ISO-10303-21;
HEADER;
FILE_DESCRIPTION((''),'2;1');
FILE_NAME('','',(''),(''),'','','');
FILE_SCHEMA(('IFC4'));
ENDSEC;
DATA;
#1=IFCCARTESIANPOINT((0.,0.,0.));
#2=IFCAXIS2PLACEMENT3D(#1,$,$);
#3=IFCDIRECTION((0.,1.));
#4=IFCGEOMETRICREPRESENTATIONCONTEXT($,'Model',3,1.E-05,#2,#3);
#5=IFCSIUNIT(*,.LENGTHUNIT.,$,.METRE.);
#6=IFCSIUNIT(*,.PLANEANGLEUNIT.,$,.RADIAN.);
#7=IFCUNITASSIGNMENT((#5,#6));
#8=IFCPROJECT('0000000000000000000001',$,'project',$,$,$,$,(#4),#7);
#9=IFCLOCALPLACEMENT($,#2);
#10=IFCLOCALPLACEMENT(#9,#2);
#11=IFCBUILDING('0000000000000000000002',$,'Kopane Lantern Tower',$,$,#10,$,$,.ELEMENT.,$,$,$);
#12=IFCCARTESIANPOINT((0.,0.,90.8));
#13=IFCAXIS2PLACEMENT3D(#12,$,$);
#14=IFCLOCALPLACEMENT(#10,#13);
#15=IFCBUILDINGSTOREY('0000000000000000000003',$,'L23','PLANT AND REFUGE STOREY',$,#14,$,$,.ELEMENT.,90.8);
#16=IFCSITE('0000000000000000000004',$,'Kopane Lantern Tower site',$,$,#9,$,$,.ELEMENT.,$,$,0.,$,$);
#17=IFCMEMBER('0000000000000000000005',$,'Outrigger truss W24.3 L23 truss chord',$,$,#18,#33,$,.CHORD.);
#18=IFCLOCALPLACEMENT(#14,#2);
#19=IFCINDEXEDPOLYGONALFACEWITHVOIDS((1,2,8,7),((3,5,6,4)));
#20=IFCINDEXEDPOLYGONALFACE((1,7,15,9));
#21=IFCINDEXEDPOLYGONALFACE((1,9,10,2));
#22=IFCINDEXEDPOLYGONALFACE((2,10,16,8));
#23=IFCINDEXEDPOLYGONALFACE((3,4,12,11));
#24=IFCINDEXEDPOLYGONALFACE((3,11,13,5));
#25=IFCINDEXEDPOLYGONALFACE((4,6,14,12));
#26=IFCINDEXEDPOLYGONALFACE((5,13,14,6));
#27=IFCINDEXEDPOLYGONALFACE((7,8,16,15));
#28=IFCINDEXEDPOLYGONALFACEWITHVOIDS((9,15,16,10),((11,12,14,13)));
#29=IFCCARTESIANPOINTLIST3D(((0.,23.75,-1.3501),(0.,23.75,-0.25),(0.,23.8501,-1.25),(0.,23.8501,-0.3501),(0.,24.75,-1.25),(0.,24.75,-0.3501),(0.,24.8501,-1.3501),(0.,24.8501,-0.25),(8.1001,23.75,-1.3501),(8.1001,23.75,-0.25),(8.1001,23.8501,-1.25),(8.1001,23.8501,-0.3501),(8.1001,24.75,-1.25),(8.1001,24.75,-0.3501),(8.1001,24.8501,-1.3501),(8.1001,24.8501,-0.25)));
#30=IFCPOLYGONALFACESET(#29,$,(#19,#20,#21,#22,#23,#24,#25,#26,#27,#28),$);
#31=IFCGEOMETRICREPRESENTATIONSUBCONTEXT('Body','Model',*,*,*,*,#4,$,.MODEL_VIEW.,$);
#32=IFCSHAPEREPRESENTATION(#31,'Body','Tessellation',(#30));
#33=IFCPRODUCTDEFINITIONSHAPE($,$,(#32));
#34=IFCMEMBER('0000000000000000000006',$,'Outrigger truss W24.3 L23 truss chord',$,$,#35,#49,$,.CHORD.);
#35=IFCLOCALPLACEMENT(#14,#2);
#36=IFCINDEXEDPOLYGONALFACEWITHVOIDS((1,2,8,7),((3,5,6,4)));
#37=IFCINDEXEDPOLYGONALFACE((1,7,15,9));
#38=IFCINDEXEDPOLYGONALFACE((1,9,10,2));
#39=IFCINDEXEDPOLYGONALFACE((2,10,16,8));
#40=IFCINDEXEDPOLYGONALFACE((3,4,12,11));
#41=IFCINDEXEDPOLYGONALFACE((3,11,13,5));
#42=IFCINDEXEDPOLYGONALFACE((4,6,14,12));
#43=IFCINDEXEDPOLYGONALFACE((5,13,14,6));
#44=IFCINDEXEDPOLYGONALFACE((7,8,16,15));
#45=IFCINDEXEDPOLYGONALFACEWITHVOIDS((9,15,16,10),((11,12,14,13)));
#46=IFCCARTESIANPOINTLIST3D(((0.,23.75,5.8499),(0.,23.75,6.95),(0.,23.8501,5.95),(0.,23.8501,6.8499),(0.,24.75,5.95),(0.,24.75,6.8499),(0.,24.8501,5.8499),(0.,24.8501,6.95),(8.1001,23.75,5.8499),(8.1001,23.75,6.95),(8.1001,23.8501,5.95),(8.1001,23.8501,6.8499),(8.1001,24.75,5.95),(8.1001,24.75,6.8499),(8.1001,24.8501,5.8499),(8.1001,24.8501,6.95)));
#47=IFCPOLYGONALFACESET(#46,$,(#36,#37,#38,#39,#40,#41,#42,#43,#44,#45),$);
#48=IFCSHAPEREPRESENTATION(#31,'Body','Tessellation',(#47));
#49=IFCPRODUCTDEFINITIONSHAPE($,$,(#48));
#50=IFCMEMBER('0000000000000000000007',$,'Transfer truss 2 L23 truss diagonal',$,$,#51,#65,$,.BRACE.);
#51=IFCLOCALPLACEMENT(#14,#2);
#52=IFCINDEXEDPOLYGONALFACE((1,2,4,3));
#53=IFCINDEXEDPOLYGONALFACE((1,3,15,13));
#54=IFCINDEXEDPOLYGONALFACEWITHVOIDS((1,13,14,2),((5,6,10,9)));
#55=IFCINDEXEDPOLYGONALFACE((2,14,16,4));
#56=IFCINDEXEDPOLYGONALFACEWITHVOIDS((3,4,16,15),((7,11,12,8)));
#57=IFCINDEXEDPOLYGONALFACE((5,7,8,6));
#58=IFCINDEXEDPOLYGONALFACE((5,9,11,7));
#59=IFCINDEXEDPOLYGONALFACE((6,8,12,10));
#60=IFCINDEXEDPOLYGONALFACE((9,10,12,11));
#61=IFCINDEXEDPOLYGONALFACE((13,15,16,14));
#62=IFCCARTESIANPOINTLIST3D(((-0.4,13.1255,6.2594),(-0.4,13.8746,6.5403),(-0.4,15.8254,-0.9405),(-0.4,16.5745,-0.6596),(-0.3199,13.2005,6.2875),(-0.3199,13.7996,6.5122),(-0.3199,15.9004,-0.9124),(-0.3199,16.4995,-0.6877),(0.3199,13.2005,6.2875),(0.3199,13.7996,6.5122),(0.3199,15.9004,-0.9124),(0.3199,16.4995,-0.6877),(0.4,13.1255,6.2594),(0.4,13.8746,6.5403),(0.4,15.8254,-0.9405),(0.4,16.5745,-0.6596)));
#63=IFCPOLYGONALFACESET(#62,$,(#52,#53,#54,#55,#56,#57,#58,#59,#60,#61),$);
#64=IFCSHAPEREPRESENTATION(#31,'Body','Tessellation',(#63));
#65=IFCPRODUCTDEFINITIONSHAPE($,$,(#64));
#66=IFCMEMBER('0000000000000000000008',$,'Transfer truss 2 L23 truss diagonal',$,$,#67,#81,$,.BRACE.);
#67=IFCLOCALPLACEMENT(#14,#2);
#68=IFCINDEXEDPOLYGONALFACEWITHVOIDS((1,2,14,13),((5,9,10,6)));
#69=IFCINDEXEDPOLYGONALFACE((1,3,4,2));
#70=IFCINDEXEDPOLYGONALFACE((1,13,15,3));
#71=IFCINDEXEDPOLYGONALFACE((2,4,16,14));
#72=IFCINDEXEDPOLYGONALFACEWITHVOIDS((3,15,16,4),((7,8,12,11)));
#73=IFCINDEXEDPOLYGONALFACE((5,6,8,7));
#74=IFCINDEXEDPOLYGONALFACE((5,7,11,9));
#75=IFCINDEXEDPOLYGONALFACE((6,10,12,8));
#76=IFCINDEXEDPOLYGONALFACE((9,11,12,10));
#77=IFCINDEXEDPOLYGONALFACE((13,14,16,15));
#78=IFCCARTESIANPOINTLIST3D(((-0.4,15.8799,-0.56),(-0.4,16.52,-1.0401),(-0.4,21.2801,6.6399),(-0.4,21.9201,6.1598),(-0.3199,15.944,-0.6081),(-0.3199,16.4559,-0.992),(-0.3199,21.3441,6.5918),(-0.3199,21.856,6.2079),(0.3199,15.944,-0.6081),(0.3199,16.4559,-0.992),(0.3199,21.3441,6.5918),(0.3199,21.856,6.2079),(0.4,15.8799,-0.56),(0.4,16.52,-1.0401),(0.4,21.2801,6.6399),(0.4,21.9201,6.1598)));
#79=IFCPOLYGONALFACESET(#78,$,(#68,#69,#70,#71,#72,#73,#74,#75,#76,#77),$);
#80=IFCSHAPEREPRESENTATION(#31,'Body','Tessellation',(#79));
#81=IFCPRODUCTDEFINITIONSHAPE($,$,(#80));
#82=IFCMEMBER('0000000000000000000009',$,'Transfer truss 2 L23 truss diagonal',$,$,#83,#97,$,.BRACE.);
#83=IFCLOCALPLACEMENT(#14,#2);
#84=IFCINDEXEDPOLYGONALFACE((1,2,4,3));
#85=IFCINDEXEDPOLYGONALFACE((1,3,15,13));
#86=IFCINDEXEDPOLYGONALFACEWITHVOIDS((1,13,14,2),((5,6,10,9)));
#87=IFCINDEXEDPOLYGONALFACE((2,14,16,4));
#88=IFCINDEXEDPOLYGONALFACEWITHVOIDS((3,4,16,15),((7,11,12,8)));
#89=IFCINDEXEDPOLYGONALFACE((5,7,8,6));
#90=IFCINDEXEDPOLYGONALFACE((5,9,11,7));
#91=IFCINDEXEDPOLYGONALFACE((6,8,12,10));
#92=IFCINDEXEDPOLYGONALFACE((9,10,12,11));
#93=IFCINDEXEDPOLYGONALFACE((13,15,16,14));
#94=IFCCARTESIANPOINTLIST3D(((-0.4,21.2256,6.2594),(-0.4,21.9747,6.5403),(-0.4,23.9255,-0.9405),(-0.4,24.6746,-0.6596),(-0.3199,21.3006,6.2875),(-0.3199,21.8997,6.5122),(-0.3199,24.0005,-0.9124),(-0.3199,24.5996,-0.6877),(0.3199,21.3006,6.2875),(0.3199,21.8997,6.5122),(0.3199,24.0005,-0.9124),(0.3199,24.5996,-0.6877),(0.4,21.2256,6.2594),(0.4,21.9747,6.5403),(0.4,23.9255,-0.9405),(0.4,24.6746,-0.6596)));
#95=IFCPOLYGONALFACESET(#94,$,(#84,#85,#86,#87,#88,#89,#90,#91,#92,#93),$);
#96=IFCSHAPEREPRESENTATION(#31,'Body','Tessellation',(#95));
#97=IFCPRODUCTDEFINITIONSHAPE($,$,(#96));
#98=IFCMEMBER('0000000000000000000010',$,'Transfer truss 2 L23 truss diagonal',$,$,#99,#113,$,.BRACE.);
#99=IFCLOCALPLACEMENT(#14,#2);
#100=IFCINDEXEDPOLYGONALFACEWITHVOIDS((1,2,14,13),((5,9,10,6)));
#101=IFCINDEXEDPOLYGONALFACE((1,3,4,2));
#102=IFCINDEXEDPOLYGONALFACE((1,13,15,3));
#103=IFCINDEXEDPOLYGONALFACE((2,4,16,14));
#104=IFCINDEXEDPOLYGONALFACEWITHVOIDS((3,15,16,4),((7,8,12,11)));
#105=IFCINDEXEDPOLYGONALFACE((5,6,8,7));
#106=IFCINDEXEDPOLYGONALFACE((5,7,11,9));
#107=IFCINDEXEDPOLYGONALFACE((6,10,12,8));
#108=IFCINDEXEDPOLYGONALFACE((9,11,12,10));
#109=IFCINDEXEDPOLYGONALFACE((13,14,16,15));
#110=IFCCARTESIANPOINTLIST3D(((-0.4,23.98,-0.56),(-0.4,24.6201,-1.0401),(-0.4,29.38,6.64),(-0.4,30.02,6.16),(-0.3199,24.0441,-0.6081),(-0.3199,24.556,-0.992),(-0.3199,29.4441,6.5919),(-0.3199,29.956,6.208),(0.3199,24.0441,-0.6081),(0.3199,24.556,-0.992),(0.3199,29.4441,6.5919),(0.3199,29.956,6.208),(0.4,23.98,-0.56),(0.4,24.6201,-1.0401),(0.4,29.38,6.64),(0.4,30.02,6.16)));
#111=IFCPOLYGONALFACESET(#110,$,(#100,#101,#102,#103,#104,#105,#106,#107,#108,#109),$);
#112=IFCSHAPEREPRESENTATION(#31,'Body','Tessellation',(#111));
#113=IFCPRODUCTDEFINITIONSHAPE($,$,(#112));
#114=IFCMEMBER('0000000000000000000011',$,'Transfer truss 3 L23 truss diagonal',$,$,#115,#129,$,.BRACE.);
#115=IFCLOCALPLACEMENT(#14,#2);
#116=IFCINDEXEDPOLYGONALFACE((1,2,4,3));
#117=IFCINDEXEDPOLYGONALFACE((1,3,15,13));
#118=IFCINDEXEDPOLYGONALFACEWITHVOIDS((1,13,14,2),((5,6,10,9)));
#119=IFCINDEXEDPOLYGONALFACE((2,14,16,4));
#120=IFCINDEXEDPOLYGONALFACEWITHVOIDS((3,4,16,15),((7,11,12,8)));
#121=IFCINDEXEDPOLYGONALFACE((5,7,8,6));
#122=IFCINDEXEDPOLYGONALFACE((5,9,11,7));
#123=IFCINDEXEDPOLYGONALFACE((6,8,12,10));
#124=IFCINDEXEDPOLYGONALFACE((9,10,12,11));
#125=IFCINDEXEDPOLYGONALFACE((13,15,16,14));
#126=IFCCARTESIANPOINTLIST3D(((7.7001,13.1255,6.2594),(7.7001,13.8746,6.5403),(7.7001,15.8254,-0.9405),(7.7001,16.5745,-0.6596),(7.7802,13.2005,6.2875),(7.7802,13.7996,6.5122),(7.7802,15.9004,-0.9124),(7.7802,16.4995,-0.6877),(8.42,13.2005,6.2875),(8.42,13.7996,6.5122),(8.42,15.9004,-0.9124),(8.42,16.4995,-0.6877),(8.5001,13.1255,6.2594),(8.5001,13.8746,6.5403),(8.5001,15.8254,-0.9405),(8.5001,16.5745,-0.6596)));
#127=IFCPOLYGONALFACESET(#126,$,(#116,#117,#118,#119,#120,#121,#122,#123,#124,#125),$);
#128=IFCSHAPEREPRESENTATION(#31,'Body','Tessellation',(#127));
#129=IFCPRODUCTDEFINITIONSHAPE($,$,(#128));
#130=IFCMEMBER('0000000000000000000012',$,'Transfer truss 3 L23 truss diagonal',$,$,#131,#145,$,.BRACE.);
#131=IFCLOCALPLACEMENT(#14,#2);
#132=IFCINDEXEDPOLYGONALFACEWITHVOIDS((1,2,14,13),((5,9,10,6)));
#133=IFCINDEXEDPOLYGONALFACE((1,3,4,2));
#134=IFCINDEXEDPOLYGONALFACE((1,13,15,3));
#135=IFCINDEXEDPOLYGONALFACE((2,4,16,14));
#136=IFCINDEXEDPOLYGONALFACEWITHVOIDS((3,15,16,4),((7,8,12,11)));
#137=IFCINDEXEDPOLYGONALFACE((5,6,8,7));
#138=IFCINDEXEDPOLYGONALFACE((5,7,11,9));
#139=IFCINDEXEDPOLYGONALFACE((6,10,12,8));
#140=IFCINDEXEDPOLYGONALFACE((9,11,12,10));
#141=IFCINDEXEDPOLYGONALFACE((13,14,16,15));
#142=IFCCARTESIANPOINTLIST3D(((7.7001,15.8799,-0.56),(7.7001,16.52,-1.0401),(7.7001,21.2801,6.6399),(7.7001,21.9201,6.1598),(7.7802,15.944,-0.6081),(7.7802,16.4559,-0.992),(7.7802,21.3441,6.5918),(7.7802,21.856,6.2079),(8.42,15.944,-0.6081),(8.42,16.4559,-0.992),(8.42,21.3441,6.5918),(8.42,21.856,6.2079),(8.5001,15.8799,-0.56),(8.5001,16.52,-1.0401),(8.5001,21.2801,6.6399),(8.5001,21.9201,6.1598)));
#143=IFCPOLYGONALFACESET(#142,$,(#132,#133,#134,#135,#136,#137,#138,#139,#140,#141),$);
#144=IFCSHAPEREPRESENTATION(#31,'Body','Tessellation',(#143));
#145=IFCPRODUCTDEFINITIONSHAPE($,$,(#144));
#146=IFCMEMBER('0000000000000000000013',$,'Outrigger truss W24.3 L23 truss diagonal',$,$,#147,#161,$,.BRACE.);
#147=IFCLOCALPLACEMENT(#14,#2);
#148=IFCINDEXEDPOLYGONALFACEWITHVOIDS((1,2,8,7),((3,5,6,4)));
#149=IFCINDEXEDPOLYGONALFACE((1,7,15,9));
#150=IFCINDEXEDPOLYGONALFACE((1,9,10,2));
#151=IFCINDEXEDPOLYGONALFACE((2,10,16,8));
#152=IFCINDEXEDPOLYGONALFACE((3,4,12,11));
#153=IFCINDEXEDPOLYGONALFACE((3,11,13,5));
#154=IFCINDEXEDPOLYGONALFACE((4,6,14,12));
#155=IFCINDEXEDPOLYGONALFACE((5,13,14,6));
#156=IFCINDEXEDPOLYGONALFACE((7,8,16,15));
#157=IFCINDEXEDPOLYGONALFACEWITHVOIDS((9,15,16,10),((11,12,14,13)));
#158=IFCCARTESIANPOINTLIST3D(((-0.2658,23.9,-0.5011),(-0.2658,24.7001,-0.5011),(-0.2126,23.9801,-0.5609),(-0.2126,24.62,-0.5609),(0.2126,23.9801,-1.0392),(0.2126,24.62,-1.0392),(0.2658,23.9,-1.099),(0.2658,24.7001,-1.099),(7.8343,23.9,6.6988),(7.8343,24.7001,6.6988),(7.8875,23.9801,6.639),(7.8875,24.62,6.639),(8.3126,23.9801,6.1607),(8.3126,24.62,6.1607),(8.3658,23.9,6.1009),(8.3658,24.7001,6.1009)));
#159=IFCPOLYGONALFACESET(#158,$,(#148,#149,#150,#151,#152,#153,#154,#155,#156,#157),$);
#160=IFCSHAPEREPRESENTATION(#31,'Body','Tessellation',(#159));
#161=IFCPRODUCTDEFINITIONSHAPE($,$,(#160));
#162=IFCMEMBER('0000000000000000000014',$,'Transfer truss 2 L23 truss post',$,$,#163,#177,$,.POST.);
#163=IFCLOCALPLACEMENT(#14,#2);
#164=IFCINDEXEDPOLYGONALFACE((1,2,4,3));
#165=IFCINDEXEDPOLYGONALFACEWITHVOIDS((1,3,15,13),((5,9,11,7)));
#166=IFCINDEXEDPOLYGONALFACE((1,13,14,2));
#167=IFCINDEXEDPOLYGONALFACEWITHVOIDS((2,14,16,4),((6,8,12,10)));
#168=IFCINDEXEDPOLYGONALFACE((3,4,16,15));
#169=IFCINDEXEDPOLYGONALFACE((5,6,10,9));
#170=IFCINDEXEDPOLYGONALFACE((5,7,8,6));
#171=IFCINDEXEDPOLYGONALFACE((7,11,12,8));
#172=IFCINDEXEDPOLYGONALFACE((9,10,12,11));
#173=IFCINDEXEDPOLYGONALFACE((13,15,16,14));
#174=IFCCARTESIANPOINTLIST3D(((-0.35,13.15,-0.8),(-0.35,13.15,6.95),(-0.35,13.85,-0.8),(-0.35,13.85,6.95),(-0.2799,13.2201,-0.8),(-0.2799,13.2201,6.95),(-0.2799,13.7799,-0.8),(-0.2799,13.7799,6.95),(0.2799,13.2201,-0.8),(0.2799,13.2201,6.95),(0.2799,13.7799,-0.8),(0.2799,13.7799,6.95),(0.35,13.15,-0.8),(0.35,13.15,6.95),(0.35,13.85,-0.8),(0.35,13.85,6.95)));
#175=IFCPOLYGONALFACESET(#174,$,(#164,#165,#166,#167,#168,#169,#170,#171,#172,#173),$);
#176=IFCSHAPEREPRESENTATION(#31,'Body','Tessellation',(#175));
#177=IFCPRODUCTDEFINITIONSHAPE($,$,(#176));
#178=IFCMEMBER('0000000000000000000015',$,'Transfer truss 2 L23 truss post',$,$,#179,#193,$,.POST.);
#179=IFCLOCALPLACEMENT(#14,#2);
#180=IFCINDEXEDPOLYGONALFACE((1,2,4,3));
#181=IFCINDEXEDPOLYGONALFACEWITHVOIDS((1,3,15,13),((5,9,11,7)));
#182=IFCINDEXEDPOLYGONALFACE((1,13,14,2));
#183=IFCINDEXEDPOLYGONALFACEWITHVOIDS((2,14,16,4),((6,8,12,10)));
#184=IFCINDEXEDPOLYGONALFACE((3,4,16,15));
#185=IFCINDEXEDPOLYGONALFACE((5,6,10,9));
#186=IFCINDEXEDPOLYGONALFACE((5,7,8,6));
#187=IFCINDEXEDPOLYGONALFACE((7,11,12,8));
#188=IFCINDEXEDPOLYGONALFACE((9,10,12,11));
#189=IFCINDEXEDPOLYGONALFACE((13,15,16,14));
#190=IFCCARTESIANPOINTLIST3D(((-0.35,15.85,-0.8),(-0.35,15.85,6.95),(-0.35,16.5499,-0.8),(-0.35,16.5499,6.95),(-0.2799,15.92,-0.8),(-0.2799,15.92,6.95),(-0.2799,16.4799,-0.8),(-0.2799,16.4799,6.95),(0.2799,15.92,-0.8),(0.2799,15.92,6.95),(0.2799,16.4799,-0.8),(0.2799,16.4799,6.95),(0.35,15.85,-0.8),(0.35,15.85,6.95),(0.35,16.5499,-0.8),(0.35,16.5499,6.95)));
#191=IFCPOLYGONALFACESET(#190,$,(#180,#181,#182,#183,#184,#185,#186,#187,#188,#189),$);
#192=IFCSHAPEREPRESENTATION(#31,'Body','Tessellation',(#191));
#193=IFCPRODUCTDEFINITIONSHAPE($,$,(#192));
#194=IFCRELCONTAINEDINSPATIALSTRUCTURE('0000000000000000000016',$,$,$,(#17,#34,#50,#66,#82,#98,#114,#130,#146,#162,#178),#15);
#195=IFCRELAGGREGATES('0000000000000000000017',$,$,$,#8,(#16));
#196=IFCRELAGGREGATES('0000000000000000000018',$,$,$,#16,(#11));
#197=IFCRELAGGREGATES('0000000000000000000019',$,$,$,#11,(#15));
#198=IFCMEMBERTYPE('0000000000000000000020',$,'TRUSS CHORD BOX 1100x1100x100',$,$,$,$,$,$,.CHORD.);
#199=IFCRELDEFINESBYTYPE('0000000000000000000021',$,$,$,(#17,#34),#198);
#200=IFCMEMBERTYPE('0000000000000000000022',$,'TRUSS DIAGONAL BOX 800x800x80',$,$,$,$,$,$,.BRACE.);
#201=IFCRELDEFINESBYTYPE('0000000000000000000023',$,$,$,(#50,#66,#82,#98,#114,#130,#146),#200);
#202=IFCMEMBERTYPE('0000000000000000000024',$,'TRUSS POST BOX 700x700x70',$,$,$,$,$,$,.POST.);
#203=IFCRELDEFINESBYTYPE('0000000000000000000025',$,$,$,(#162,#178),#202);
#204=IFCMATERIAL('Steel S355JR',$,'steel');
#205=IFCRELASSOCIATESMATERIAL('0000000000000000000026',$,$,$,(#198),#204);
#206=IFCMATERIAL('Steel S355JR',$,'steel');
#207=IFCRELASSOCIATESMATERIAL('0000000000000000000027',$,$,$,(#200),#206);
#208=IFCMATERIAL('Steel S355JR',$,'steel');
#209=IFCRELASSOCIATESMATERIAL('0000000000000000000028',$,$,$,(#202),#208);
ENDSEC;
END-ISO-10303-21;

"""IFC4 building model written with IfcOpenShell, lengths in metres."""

from ifc_helpers import new_model, si_unit, direction, frame, origin, origin_2d, place, context, subcontext, project, spatial, hollow_rectangle, extrude, material, material_profile, profile_set, type_object, element, save


model = new_model("IFC4")

# Units and contexts
model_context = context("Model", 3, precision=1e-05, world=origin(), true_north=direction((0.0, 1.0)))
body_context = subcontext(model_context, "Body", "Model", "MODEL_VIEW")
ifc_project = project(units=[si_unit("LENGTHUNIT", "METRE"), si_unit("PLANEANGLEUNIT", "RADIAN")], contexts=[model_context])

# Site, building, storey
site_placement = place(None, origin())
site = spatial("IfcSite", under=ifc_project, at=site_placement, Name="Kopane Lantern Tower site", CompositionType="ELEMENT", RefElevation=0.0)
building_placement = place(site_placement, origin())
building = spatial("IfcBuilding", under=site, at=building_placement, Name="Kopane Lantern Tower", CompositionType="ELEMENT")
storey_placement = place(building_placement, frame((0.0, 0.0, 90.8)))
storey = spatial("IfcBuildingStorey", under=building, at=storey_placement, Name="L23", Description="PLANT AND REFUGE STOREY", CompositionType="ELEMENT", Elevation=90.8)

# Members
ifc_material_1 = material(Name="Steel S355JR", Category="steel")
ifc_material_profile_1 = material_profile(ifc_material_1, hollow_rectangle(XDim=1.1001, YDim=1.1001, WallThickness=0.1001, at=origin_2d()), Name="BOX 1100x1100x100")
ifc_profile_set_1 = profile_set([ifc_material_profile_1], Name="Steel S355JR")
member_type_1 = type_object("IfcMemberType", Name="TRUSS CHORD BOX 1100x1100x100", PredefinedType="CHORD", material=ifc_profile_set_1)
for number, where, z_axis, x_axis, name in (
    (1, (0.0, 24.3, -0.8), (1.0, 0.0, 0.0), (0.0, 1.0, 0.0), "Outrigger truss W24.3 L23 truss chord"),
    (2, (0.0, 24.3, 6.3999), (1.0, 0.0, 0.0), (0.0, 1.0, 0.0), "Outrigger truss W24.3 L23 truss chord"),
):
    element("IfcMember", number, at=place(storey_placement, frame(where, z_axis=z_axis, x_axis=x_axis)), inside=storey, type_object=member_type_1, Name=name, PredefinedType="CHORD", context=body_context, shape_type="SweptSolid", body=[
        extrude(hollow_rectangle(XDim=1.1001, YDim=1.1001, WallThickness=0.1001, at=origin_2d()), origin(), (0.0, 0.0, 1.0), 8.1001),
    ])
ifc_material_2 = material(Name="Steel S355JR", Category="steel")
ifc_material_profile_2 = material_profile(ifc_material_2, hollow_rectangle(XDim=0.8, YDim=0.8, WallThickness=0.0801, at=origin_2d()), Name="BOX 800x800x80")
ifc_profile_set_2 = profile_set([ifc_material_profile_2], Name="Steel S355JR")
member_type_2 = type_object("IfcMemberType", Name="TRUSS DIAGONAL BOX 800x800x80", PredefinedType="BRACE", material=ifc_profile_set_2)
member_1_placement = place(storey_placement, frame((0.0, 16.2, -0.8), z_axis=(0.0, -0.35112, 0.93633), x_axis=(1.0, 0.0, 0.0)))
element("IfcMember", 3, at=member_1_placement, inside=storey, type_object=member_type_2, Name="Transfer truss 2 L23 truss diagonal", PredefinedType="BRACE", context=body_context, shape_type="SweptSolid", body=[
    extrude(hollow_rectangle(XDim=0.8, YDim=0.8, WallThickness=0.0801, at=origin_2d()), origin(), (0.0, 0.0, 1.0), 7.6895),
])
member_2_placement = place(storey_placement, frame((0.0, 16.2, -0.8), z_axis=(0.0, 0.600013, 0.79999), x_axis=(-1.0, 0.0, 0.0)))
element("IfcMember", 4, at=member_2_placement, inside=storey, type_object=member_type_2, Name="Transfer truss 2 L23 truss diagonal", PredefinedType="BRACE", context=body_context, shape_type="SweptSolid", body=[
    extrude(hollow_rectangle(XDim=0.8, YDim=0.8, WallThickness=0.0801, at=origin_2d()), origin(), (0.0, 0.0, 1.0), 9.0),
])
member_3_placement = place(storey_placement, frame((0.0, 24.3, -0.8), z_axis=(0.0, -0.35112, 0.93633), x_axis=(1.0, 0.0, 0.0)))
element("IfcMember", 5, at=member_3_placement, inside=storey, type_object=member_type_2, Name="Transfer truss 2 L23 truss diagonal", PredefinedType="BRACE", context=body_context, shape_type="SweptSolid", body=[
    extrude(hollow_rectangle(XDim=0.8, YDim=0.8, WallThickness=0.0801, at=origin_2d()), origin(), (0.0, 0.0, 1.0), 7.6895),
])
member_4_placement = place(storey_placement, frame((0.0, 24.3, -0.8), z_axis=(0.0, 0.599996, 0.800003), x_axis=(-1.0, 0.0, 0.0)))
element("IfcMember", 6, at=member_4_placement, inside=storey, type_object=member_type_2, Name="Transfer truss 2 L23 truss diagonal", PredefinedType="BRACE", context=body_context, shape_type="SweptSolid", body=[
    extrude(hollow_rectangle(XDim=0.8, YDim=0.8, WallThickness=0.0801, at=origin_2d()), origin(), (0.0, 0.0, 1.0), 9.0),
])
member_5_placement = place(storey_placement, frame((8.1001, 16.2, -0.8), z_axis=(0.0, -0.35112, 0.93633), x_axis=(1.0, 0.0, 0.0)))
element("IfcMember", 7, at=member_5_placement, inside=storey, type_object=member_type_2, Name="Transfer truss 3 L23 truss diagonal", PredefinedType="BRACE", context=body_context, shape_type="SweptSolid", body=[
    extrude(hollow_rectangle(XDim=0.8, YDim=0.8, WallThickness=0.0801, at=origin_2d()), origin(), (0.0, 0.0, 1.0), 7.6895),
])
member_6_placement = place(storey_placement, frame((8.1001, 16.2, -0.8), z_axis=(0.0, 0.600013, 0.79999), x_axis=(-1.0, 0.0, 0.0)))
element("IfcMember", 8, at=member_6_placement, inside=storey, type_object=member_type_2, Name="Transfer truss 3 L23 truss diagonal", PredefinedType="BRACE", context=body_context, shape_type="SweptSolid", body=[
    extrude(hollow_rectangle(XDim=0.8, YDim=0.8, WallThickness=0.0801, at=origin_2d()), origin(), (0.0, 0.0, 1.0), 9.0),
])
member_7_placement = place(storey_placement, frame((0.0, 24.3, -0.8), z_axis=(0.747416, 0.0, 0.664357), x_axis=(0.0, 1.0, 0.0)))
element("IfcMember", 9, at=member_7_placement, inside=storey, type_object=member_type_2, Name="Outrigger truss W24.3 L23 truss diagonal", PredefinedType="BRACE", context=body_context, shape_type="SweptSolid", body=[
    extrude(hollow_rectangle(XDim=0.8, YDim=0.8, WallThickness=0.0801, at=origin_2d()), origin(), (0.0, 0.0, 1.0), 10.8374),
])
ifc_material_3 = material(Name="Steel S355JR", Category="steel")
ifc_material_profile_3 = material_profile(ifc_material_3, hollow_rectangle(XDim=0.7, YDim=0.7, WallThickness=0.0701, at=origin_2d()), Name="BOX 700x700x70")
ifc_profile_set_3 = profile_set([ifc_material_profile_3], Name="Steel S355JR")
member_type_3 = type_object("IfcMemberType", Name="TRUSS POST BOX 700x700x70", PredefinedType="POST", material=ifc_profile_set_3)
for number, where, z_axis, x_axis, name in (
    (10, (0.0, 13.5, -0.8), (0.0, 0.0, 1.0), (1.0, 0.0, 0.0), "Transfer truss 2 L23 truss post"),
    (11, (0.0, 16.2, -0.8), (0.0, 0.0, 1.0), (1.0, 0.0, 0.0), "Transfer truss 2 L23 truss post"),
):
    element("IfcMember", number, at=place(storey_placement, frame(where, z_axis=z_axis, x_axis=x_axis)), inside=storey, type_object=member_type_3, Name=name, PredefinedType="POST", context=body_context, shape_type="SweptSolid", body=[
        extrude(hollow_rectangle(XDim=0.7, YDim=0.7, WallThickness=0.0701, at=origin_2d()), origin(), (0.0, 0.0, 1.0), 7.75),
    ])

save(model, "model.ifc")
